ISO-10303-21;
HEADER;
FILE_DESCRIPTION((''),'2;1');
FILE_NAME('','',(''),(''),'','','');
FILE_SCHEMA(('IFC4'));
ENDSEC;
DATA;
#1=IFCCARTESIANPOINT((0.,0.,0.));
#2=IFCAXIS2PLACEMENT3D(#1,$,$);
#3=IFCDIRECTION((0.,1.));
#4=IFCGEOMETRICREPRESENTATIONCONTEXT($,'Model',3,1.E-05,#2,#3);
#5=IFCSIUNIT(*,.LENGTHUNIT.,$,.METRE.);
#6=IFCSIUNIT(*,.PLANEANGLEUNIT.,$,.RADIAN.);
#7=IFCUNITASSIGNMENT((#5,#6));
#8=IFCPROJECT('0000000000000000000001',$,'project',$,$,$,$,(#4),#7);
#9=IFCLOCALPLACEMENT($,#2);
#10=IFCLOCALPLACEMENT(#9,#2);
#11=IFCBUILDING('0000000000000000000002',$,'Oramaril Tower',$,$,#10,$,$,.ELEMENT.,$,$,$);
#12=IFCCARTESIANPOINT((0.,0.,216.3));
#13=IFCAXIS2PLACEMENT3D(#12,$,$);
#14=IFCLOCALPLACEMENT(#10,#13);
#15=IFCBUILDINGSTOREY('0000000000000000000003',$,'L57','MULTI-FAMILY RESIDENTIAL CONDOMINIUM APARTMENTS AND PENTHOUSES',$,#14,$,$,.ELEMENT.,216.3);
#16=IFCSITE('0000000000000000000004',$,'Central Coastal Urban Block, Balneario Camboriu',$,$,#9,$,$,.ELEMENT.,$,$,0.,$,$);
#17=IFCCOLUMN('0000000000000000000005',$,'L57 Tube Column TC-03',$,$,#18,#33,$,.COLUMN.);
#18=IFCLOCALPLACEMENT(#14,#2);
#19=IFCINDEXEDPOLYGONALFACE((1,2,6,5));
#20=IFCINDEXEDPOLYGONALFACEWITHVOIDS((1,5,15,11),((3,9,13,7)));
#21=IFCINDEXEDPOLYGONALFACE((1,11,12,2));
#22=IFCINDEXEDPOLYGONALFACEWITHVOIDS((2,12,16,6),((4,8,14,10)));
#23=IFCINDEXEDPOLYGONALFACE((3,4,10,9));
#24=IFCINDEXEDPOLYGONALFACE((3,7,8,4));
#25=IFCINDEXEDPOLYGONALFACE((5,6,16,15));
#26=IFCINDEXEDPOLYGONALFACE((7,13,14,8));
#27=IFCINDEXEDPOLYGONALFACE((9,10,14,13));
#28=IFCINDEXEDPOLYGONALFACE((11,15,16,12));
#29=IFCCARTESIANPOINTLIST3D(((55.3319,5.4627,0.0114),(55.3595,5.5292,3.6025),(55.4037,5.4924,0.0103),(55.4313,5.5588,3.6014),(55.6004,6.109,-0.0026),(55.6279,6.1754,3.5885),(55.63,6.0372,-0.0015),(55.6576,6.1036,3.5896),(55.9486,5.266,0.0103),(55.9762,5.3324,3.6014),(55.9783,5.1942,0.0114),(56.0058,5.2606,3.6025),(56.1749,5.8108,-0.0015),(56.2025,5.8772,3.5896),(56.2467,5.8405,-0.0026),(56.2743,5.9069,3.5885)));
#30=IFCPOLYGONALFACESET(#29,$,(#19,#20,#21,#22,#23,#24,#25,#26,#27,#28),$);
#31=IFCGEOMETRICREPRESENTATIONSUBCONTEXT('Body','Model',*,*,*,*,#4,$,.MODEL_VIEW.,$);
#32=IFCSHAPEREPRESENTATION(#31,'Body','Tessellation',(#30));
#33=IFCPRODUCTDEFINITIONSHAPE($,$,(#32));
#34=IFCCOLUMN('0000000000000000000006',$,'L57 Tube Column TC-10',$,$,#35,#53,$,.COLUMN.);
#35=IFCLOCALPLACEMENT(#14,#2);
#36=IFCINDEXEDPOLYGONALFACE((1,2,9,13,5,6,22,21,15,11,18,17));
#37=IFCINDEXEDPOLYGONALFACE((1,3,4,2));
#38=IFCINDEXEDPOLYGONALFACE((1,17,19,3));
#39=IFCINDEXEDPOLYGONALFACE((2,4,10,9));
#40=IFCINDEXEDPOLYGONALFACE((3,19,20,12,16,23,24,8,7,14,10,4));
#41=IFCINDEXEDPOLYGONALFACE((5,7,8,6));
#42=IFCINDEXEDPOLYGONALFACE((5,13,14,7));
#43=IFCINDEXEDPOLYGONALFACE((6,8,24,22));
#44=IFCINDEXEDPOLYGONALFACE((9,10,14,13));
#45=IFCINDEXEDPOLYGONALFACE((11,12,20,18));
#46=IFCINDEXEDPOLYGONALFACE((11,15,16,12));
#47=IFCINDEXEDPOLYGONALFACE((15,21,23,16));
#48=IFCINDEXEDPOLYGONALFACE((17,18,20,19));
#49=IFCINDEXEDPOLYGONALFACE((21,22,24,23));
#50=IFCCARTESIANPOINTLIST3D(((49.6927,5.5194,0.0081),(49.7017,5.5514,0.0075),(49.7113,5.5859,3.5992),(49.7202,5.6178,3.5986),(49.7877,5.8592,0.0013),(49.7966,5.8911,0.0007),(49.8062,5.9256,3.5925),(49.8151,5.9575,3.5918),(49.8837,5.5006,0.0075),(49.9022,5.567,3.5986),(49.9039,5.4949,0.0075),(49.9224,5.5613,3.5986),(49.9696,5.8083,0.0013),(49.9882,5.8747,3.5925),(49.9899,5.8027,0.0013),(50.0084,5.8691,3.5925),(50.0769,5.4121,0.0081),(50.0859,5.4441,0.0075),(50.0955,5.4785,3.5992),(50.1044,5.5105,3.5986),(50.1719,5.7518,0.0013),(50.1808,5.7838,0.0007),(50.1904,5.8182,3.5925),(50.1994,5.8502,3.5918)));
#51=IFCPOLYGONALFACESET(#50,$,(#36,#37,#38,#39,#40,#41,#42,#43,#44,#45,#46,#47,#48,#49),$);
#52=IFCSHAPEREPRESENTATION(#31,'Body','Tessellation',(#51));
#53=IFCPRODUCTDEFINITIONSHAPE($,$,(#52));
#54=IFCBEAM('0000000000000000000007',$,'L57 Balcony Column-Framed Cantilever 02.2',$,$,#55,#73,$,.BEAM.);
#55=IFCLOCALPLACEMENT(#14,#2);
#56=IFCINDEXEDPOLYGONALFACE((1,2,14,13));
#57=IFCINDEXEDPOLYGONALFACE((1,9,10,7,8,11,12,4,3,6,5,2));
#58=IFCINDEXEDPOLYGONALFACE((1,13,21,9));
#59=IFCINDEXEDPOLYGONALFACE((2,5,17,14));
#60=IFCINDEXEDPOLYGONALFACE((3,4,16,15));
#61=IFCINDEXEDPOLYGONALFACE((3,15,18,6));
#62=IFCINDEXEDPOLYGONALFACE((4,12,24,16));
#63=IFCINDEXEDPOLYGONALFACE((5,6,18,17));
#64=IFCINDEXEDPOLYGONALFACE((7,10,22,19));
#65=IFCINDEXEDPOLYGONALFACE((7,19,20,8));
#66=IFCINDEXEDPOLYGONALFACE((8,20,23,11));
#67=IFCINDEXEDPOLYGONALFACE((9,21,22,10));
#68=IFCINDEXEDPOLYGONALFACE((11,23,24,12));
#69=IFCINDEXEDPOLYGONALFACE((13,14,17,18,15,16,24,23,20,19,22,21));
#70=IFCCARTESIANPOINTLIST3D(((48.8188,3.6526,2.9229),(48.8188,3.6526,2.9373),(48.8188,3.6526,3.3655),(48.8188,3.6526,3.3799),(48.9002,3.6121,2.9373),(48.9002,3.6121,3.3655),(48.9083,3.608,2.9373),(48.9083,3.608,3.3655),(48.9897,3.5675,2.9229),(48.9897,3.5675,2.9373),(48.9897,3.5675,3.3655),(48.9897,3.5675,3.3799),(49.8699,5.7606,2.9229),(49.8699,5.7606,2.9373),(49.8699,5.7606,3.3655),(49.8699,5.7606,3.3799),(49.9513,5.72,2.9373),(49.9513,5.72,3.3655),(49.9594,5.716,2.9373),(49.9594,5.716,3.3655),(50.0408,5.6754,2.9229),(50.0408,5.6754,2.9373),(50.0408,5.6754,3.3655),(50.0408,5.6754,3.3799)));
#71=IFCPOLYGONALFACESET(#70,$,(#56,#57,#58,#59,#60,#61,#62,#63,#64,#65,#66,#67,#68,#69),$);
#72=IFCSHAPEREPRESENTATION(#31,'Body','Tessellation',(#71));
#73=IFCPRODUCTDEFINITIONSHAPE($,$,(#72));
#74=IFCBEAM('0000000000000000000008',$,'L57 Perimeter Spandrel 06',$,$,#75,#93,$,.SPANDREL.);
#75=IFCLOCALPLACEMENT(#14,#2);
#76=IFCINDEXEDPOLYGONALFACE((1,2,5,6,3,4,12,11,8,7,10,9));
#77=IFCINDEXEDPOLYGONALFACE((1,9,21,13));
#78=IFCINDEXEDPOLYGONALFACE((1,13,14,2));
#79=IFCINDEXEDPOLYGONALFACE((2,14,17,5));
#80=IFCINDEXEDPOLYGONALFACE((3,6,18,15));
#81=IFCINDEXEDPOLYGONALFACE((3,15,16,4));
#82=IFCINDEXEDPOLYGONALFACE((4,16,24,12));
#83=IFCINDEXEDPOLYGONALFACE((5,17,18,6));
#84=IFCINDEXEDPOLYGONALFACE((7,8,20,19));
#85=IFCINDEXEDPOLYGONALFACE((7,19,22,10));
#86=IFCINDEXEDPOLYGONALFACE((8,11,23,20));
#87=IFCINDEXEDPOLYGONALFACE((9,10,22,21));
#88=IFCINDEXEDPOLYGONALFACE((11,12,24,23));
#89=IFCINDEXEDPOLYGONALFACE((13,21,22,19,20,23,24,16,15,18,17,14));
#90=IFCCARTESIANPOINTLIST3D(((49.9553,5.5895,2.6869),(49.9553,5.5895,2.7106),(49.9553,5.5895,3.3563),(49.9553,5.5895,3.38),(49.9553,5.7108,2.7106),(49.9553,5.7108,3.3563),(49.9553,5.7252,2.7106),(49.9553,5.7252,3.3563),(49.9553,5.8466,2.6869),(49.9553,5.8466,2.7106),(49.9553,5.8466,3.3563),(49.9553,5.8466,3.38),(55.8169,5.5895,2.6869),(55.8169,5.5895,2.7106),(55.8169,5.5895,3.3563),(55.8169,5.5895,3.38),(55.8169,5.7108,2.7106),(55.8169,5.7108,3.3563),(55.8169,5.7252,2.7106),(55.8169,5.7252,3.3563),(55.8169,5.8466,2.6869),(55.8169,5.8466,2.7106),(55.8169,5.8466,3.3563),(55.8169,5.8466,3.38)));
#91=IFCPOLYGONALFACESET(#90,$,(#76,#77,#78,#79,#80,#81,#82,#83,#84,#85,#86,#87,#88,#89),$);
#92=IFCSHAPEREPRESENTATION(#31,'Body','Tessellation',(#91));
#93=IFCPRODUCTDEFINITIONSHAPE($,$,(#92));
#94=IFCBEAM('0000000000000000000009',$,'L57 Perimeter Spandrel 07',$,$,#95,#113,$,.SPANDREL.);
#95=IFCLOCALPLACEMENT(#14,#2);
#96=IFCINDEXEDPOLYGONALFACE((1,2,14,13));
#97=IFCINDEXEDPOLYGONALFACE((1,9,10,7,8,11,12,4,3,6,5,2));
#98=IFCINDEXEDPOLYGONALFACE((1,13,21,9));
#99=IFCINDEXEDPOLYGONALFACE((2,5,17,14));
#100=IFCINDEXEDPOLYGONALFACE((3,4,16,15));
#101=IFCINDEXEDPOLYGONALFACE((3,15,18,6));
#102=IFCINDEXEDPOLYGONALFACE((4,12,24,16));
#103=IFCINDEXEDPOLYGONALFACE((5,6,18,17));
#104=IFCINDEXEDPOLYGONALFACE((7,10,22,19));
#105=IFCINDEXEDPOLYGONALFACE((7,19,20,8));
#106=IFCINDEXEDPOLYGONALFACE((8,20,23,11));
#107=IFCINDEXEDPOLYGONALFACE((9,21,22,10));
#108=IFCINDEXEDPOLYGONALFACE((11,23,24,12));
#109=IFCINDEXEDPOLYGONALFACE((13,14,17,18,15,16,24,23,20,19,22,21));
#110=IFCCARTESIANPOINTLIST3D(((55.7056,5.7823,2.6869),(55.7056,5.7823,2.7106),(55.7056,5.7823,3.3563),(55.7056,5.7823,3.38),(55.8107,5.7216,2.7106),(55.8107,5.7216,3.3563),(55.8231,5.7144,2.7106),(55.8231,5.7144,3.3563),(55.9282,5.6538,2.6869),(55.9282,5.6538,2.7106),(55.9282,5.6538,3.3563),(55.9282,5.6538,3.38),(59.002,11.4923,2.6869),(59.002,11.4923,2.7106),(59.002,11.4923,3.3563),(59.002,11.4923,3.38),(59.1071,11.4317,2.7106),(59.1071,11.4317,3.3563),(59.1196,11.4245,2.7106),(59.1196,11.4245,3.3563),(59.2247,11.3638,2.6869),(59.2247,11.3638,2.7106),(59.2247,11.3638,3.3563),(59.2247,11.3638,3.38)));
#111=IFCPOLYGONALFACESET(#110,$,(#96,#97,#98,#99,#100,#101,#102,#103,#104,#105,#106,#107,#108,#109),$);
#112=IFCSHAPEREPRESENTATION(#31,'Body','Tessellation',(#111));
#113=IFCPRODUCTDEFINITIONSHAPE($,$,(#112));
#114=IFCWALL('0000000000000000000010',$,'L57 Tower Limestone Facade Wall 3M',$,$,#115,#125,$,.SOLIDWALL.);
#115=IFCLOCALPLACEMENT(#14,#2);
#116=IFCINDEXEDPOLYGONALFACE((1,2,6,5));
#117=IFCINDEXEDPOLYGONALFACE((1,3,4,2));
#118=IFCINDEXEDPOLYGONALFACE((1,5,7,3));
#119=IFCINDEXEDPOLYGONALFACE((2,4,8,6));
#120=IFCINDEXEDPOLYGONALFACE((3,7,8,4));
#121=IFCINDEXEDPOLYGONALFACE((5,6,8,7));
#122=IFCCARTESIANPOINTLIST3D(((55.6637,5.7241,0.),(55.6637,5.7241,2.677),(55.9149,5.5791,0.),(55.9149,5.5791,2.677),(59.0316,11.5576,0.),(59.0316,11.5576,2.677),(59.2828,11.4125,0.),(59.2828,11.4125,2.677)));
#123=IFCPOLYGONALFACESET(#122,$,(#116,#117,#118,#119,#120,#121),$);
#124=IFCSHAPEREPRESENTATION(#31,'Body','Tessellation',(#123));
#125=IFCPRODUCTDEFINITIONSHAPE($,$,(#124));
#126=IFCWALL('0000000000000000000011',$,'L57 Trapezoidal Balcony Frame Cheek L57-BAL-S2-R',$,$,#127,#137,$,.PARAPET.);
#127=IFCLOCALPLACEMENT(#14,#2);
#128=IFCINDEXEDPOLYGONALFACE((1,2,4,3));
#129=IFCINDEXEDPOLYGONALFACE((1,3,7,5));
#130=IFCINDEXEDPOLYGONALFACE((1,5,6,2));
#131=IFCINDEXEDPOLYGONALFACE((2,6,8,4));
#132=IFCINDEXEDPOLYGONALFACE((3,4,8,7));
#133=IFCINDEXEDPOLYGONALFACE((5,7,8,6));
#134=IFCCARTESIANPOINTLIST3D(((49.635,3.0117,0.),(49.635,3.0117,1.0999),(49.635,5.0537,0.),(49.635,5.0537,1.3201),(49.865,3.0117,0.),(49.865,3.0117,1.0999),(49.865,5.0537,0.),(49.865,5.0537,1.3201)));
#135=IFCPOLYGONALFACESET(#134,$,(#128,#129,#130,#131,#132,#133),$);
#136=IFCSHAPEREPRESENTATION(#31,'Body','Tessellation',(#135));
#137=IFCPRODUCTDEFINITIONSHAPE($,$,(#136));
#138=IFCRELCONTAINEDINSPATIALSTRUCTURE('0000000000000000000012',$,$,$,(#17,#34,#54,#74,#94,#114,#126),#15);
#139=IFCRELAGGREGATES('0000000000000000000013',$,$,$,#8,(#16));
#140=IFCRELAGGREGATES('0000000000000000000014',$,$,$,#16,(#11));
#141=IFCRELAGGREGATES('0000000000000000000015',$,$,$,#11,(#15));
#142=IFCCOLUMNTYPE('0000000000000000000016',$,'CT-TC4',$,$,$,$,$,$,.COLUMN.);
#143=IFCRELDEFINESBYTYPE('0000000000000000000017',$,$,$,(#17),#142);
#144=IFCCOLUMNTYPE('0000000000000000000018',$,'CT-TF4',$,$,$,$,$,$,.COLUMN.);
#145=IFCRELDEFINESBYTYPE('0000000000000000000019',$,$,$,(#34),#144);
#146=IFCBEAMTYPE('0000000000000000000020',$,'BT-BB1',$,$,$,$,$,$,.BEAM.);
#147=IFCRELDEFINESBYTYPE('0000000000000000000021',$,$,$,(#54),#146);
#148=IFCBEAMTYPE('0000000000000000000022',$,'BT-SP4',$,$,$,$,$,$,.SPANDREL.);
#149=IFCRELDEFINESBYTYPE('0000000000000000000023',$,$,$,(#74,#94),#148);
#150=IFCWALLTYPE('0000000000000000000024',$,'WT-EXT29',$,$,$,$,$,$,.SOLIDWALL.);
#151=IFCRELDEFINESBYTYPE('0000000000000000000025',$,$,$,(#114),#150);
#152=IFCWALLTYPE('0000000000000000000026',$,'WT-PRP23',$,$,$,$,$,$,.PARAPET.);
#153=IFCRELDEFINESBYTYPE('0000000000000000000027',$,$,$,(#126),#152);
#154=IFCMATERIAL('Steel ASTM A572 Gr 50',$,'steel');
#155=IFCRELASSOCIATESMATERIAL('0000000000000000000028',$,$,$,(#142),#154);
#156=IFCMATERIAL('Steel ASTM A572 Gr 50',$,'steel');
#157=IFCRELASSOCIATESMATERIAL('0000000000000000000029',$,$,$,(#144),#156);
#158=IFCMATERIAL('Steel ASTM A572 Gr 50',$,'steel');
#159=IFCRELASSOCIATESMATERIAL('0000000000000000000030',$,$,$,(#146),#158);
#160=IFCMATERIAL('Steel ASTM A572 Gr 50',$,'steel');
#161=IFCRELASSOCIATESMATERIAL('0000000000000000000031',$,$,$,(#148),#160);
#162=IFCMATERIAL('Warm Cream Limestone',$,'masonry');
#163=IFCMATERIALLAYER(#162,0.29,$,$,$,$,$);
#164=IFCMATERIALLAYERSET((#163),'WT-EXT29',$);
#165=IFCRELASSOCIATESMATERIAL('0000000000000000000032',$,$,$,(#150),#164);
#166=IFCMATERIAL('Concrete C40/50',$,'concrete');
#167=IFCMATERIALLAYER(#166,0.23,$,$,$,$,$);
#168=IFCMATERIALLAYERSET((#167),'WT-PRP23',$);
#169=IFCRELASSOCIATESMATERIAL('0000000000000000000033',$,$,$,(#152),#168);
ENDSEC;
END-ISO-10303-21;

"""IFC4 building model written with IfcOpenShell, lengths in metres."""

from ifc_helpers import new_model, si_unit, direction, frame, frame_2d, origin, origin_2d, place, context, subcontext, project, spatial, polyline, rectangle, hollow_rectangle, i_section, outline, extrude, material, layer, layer_set, material_profile, profile_set, type_object, element, save


model = new_model("IFC4")

# Units and contexts
model_context = context("Model", 3, precision=1e-05, world=origin(), true_north=direction((0.0, 1.0)))
body_context = subcontext(model_context, "Body", "Model", "MODEL_VIEW")
ifc_project = project(units=[si_unit("LENGTHUNIT", "METRE"), si_unit("PLANEANGLEUNIT", "RADIAN")], contexts=[model_context])

# Site, building, storey
site_placement = place(None, origin())
site = spatial("IfcSite", under=ifc_project, at=site_placement, Name="Central Coastal Urban Block, Balneario Camboriu", CompositionType="ELEMENT", RefElevation=0.0)
building_placement = place(site_placement, origin())
building = spatial("IfcBuilding", under=site, at=building_placement, Name="Oramaril Tower", CompositionType="ELEMENT")
storey_placement = place(building_placement, frame((0.0, 0.0, 216.3)))
storey = spatial("IfcBuildingStorey", under=building, at=storey_placement, Name="L57", Description="MULTI-FAMILY RESIDENTIAL CONDOMINIUM APARTMENTS AND PENTHOUSES", CompositionType="ELEMENT", Elevation=216.3)

# Columns
ifc_material_1 = material(Name="Steel ASTM A572 Gr 50", Category="steel")
ifc_material_profile_1 = material_profile(ifc_material_1, hollow_rectangle(XDim=0.7, YDim=0.7, WallThickness=0.0549, at=origin_2d()), Name="BOX700X700X55")
ifc_profile_set_1 = profile_set([ifc_material_profile_1], Name="Steel ASTM A572 Gr 50")
column_type_1 = type_object("IfcColumnType", Name="CT-TC4", PredefinedType="COLUMN", material=ifc_profile_set_1)
column_1_placement = place(storey_placement, frame((55.7893, 5.6516, 0.0044), z_axis=(0.007681, 0.018488, 0.9998), x_axis=(-0.923478, 0.383651, 0.0)))
element("IfcColumn", 1, at=column_1_placement, inside=storey, type_object=column_type_1, Name="L57 Tube Column TC-03", PredefinedType="COLUMN", context=body_context, shape_type="SweptSolid", body=[
    extrude(hollow_rectangle(XDim=0.7, YDim=0.7, WallThickness=0.0549, at=origin_2d()), origin(), (0.0, 0.0, 1.0), 3.5918),
])
ifc_material_2 = material(Name="Steel ASTM A572 Gr 50", Category="steel")
ifc_material_profile_2 = material_profile(ifc_material_2, i_section(OverallWidth=0.3989, OverallDepth=0.386, WebThickness=0.021, FlangeThickness=0.0332, at=origin_2d()), Name="W14X176")
ifc_profile_set_2 = profile_set([ifc_material_profile_2], Name="Steel ASTM A572 Gr 50")
column_type_2 = type_object("IfcColumnType", Name="CT-TF4", PredefinedType="COLUMN", material=ifc_profile_set_2)
column_2_placement = place(storey_placement, frame((49.9368, 5.6516, 0.0044), z_axis=(0.005166, 0.018489, 0.999816), x_axis=(-0.963111, 0.269105, 0.0)))
element("IfcColumn", 2, at=column_2_placement, inside=storey, type_object=column_type_2, Name="L57 Tube Column TC-10", PredefinedType="COLUMN", context=body_context, shape_type="SweptSolid", body=[
    extrude(i_section(OverallWidth=0.3989, OverallDepth=0.386, WebThickness=0.021, FlangeThickness=0.0332, at=origin_2d()), origin(), (0.0, 0.0, 1.0), 3.5918),
])

# Beams
ifc_material_3 = material(Name="Steel ASTM A572 Gr 50", Category="steel")
ifc_material_profile_3 = material_profile(ifc_material_3, i_section(OverallWidth=0.1909, OverallDepth=0.457, WebThickness=0.009, FlangeThickness=0.0144, at=origin_2d()), Name="W18X50")
ifc_profile_set_3 = profile_set([ifc_material_profile_3], Name="Steel ASTM A572 Gr 50")
beam_type_1 = type_object("IfcBeamType", Name="BT-BB1", PredefinedType="BEAM", material=ifc_profile_set_3)
beam_1_placement = place(storey_placement, frame((49.9553, 5.718, 3.1514), z_axis=(-0.446218, -0.894924, 0.0), x_axis=(0.894924, -0.446218, 0.0)))
element("IfcBeam", 3, at=beam_1_placement, inside=storey, type_object=beam_type_1, Name="L57 Balcony Column-Framed Cantilever 02.2", PredefinedType="BEAM", context=body_context, shape_type="SweptSolid", body=[
    extrude(i_section(OverallWidth=0.1909, OverallDepth=0.457, WebThickness=0.009, FlangeThickness=0.0144, at=origin_2d()), origin(), (0.0, 0.0, 1.0), 2.3555),
])
ifc_material_4 = material(Name="Steel ASTM A572 Gr 50", Category="steel")
ifc_material_profile_4 = material_profile(ifc_material_4, i_section(OverallWidth=0.2571, OverallDepth=0.6931, WebThickness=0.0144, FlangeThickness=0.0237, at=origin_2d()), Name="W27X114")
ifc_profile_set_4 = profile_set([ifc_material_profile_4], Name="Steel ASTM A572 Gr 50")
beam_type_2 = type_object("IfcBeamType", Name="BT-SP4", PredefinedType="SPANDREL", material=ifc_profile_set_4)
beam_2_placement = place(storey_placement, frame((49.9553, 5.718, 3.0334), z_axis=(1.0, 0.0, 0.0), x_axis=(0.0, 1.0, 0.0)))
element("IfcBeam", 4, at=beam_2_placement, inside=storey, type_object=beam_type_2, Name="L57 Perimeter Spandrel 06", PredefinedType="SPANDREL", context=body_context, shape_type="SweptSolid", body=[
    extrude(i_section(OverallWidth=0.2571, OverallDepth=0.6931, WebThickness=0.0144, FlangeThickness=0.0237, at=origin_2d()), origin(), (0.0, 0.0, 1.0), 5.8616),
])
beam_3_placement = place(storey_placement, frame((55.8169, 5.718, 3.0334), z_axis=(0.49997, 0.866043, 0.0), x_axis=(-0.866043, 0.49997, 0.0)))
element("IfcBeam", 5, at=beam_3_placement, inside=storey, type_object=beam_type_2, Name="L57 Perimeter Spandrel 07", PredefinedType="SPANDREL", context=body_context, shape_type="SweptSolid", body=[
    extrude(i_section(OverallWidth=0.2571, OverallDepth=0.6931, WebThickness=0.0144, FlangeThickness=0.0237, at=origin_2d()), origin(), (0.0, 0.0, 1.0), 6.5933),
])

# Walls
ifc_material_5 = material(Name="Warm Cream Limestone", Category="masonry")
ifc_layer_1 = layer(ifc_material_5, 0.29)
ifc_layer_set_1 = layer_set([ifc_layer_1], Name="WT-EXT29")
wall_type_1 = type_object("IfcWallType", Name="WT-EXT29", PredefinedType="SOLIDWALL", material=ifc_layer_set_1)
wall_1_placement = place(storey_placement, frame((55.7893, 5.6516, 0.0), z_axis=(0.0, 0.0, 1.0), x_axis=(0.499994, 0.866029, 0.0)))
element("IfcWall", 6, at=wall_1_placement, inside=storey, type_object=wall_type_1, Name="L57 Tower Limestone Facade Wall 3M", PredefinedType="SOLIDWALL", context=body_context, shape_type="SweptSolid", body=[
    extrude(rectangle(XDim=6.7358, YDim=0.29, at=frame_2d((3.3679, 0.0))), origin(), (0.0, 0.0, 1.0), 2.677),
])
ifc_material_6 = material(Name="Concrete C40/50", Category="concrete")
ifc_layer_2 = layer(ifc_material_6, 0.23)
ifc_layer_set_2 = layer_set([ifc_layer_2], Name="WT-PRP23")
wall_type_2 = type_object("IfcWallType", Name="WT-PRP23", PredefinedType="PARAPET", material=ifc_layer_set_2)
wall_2_placement = place(storey_placement, frame((49.75, 5.0537, 0.0), z_axis=(0.0, 0.0, 1.0), x_axis=(0.0, -1.0, 0.0)))
element("IfcWall", 7, at=wall_2_placement, inside=storey, type_object=wall_type_2, Name="L57 Trapezoidal Balcony Frame Cheek L57-BAL-S2-R", PredefinedType="PARAPET", context=body_context, shape_type="SweptSolid", body=[
    extrude(outline(polyline([(0.0, 0.0), (2.042, 0.0), (2.042, 1.0999), (0.0, 1.3201), (0.0, 0.0)])), frame((0.0, 0.115, 0.0), z_axis=(0.0, -1.0, 0.0), x_axis=(1.0, 0.0, 0.0)), (0.0, 0.0, 1.0), 0.23),
])

save(model, "model.ifc")
